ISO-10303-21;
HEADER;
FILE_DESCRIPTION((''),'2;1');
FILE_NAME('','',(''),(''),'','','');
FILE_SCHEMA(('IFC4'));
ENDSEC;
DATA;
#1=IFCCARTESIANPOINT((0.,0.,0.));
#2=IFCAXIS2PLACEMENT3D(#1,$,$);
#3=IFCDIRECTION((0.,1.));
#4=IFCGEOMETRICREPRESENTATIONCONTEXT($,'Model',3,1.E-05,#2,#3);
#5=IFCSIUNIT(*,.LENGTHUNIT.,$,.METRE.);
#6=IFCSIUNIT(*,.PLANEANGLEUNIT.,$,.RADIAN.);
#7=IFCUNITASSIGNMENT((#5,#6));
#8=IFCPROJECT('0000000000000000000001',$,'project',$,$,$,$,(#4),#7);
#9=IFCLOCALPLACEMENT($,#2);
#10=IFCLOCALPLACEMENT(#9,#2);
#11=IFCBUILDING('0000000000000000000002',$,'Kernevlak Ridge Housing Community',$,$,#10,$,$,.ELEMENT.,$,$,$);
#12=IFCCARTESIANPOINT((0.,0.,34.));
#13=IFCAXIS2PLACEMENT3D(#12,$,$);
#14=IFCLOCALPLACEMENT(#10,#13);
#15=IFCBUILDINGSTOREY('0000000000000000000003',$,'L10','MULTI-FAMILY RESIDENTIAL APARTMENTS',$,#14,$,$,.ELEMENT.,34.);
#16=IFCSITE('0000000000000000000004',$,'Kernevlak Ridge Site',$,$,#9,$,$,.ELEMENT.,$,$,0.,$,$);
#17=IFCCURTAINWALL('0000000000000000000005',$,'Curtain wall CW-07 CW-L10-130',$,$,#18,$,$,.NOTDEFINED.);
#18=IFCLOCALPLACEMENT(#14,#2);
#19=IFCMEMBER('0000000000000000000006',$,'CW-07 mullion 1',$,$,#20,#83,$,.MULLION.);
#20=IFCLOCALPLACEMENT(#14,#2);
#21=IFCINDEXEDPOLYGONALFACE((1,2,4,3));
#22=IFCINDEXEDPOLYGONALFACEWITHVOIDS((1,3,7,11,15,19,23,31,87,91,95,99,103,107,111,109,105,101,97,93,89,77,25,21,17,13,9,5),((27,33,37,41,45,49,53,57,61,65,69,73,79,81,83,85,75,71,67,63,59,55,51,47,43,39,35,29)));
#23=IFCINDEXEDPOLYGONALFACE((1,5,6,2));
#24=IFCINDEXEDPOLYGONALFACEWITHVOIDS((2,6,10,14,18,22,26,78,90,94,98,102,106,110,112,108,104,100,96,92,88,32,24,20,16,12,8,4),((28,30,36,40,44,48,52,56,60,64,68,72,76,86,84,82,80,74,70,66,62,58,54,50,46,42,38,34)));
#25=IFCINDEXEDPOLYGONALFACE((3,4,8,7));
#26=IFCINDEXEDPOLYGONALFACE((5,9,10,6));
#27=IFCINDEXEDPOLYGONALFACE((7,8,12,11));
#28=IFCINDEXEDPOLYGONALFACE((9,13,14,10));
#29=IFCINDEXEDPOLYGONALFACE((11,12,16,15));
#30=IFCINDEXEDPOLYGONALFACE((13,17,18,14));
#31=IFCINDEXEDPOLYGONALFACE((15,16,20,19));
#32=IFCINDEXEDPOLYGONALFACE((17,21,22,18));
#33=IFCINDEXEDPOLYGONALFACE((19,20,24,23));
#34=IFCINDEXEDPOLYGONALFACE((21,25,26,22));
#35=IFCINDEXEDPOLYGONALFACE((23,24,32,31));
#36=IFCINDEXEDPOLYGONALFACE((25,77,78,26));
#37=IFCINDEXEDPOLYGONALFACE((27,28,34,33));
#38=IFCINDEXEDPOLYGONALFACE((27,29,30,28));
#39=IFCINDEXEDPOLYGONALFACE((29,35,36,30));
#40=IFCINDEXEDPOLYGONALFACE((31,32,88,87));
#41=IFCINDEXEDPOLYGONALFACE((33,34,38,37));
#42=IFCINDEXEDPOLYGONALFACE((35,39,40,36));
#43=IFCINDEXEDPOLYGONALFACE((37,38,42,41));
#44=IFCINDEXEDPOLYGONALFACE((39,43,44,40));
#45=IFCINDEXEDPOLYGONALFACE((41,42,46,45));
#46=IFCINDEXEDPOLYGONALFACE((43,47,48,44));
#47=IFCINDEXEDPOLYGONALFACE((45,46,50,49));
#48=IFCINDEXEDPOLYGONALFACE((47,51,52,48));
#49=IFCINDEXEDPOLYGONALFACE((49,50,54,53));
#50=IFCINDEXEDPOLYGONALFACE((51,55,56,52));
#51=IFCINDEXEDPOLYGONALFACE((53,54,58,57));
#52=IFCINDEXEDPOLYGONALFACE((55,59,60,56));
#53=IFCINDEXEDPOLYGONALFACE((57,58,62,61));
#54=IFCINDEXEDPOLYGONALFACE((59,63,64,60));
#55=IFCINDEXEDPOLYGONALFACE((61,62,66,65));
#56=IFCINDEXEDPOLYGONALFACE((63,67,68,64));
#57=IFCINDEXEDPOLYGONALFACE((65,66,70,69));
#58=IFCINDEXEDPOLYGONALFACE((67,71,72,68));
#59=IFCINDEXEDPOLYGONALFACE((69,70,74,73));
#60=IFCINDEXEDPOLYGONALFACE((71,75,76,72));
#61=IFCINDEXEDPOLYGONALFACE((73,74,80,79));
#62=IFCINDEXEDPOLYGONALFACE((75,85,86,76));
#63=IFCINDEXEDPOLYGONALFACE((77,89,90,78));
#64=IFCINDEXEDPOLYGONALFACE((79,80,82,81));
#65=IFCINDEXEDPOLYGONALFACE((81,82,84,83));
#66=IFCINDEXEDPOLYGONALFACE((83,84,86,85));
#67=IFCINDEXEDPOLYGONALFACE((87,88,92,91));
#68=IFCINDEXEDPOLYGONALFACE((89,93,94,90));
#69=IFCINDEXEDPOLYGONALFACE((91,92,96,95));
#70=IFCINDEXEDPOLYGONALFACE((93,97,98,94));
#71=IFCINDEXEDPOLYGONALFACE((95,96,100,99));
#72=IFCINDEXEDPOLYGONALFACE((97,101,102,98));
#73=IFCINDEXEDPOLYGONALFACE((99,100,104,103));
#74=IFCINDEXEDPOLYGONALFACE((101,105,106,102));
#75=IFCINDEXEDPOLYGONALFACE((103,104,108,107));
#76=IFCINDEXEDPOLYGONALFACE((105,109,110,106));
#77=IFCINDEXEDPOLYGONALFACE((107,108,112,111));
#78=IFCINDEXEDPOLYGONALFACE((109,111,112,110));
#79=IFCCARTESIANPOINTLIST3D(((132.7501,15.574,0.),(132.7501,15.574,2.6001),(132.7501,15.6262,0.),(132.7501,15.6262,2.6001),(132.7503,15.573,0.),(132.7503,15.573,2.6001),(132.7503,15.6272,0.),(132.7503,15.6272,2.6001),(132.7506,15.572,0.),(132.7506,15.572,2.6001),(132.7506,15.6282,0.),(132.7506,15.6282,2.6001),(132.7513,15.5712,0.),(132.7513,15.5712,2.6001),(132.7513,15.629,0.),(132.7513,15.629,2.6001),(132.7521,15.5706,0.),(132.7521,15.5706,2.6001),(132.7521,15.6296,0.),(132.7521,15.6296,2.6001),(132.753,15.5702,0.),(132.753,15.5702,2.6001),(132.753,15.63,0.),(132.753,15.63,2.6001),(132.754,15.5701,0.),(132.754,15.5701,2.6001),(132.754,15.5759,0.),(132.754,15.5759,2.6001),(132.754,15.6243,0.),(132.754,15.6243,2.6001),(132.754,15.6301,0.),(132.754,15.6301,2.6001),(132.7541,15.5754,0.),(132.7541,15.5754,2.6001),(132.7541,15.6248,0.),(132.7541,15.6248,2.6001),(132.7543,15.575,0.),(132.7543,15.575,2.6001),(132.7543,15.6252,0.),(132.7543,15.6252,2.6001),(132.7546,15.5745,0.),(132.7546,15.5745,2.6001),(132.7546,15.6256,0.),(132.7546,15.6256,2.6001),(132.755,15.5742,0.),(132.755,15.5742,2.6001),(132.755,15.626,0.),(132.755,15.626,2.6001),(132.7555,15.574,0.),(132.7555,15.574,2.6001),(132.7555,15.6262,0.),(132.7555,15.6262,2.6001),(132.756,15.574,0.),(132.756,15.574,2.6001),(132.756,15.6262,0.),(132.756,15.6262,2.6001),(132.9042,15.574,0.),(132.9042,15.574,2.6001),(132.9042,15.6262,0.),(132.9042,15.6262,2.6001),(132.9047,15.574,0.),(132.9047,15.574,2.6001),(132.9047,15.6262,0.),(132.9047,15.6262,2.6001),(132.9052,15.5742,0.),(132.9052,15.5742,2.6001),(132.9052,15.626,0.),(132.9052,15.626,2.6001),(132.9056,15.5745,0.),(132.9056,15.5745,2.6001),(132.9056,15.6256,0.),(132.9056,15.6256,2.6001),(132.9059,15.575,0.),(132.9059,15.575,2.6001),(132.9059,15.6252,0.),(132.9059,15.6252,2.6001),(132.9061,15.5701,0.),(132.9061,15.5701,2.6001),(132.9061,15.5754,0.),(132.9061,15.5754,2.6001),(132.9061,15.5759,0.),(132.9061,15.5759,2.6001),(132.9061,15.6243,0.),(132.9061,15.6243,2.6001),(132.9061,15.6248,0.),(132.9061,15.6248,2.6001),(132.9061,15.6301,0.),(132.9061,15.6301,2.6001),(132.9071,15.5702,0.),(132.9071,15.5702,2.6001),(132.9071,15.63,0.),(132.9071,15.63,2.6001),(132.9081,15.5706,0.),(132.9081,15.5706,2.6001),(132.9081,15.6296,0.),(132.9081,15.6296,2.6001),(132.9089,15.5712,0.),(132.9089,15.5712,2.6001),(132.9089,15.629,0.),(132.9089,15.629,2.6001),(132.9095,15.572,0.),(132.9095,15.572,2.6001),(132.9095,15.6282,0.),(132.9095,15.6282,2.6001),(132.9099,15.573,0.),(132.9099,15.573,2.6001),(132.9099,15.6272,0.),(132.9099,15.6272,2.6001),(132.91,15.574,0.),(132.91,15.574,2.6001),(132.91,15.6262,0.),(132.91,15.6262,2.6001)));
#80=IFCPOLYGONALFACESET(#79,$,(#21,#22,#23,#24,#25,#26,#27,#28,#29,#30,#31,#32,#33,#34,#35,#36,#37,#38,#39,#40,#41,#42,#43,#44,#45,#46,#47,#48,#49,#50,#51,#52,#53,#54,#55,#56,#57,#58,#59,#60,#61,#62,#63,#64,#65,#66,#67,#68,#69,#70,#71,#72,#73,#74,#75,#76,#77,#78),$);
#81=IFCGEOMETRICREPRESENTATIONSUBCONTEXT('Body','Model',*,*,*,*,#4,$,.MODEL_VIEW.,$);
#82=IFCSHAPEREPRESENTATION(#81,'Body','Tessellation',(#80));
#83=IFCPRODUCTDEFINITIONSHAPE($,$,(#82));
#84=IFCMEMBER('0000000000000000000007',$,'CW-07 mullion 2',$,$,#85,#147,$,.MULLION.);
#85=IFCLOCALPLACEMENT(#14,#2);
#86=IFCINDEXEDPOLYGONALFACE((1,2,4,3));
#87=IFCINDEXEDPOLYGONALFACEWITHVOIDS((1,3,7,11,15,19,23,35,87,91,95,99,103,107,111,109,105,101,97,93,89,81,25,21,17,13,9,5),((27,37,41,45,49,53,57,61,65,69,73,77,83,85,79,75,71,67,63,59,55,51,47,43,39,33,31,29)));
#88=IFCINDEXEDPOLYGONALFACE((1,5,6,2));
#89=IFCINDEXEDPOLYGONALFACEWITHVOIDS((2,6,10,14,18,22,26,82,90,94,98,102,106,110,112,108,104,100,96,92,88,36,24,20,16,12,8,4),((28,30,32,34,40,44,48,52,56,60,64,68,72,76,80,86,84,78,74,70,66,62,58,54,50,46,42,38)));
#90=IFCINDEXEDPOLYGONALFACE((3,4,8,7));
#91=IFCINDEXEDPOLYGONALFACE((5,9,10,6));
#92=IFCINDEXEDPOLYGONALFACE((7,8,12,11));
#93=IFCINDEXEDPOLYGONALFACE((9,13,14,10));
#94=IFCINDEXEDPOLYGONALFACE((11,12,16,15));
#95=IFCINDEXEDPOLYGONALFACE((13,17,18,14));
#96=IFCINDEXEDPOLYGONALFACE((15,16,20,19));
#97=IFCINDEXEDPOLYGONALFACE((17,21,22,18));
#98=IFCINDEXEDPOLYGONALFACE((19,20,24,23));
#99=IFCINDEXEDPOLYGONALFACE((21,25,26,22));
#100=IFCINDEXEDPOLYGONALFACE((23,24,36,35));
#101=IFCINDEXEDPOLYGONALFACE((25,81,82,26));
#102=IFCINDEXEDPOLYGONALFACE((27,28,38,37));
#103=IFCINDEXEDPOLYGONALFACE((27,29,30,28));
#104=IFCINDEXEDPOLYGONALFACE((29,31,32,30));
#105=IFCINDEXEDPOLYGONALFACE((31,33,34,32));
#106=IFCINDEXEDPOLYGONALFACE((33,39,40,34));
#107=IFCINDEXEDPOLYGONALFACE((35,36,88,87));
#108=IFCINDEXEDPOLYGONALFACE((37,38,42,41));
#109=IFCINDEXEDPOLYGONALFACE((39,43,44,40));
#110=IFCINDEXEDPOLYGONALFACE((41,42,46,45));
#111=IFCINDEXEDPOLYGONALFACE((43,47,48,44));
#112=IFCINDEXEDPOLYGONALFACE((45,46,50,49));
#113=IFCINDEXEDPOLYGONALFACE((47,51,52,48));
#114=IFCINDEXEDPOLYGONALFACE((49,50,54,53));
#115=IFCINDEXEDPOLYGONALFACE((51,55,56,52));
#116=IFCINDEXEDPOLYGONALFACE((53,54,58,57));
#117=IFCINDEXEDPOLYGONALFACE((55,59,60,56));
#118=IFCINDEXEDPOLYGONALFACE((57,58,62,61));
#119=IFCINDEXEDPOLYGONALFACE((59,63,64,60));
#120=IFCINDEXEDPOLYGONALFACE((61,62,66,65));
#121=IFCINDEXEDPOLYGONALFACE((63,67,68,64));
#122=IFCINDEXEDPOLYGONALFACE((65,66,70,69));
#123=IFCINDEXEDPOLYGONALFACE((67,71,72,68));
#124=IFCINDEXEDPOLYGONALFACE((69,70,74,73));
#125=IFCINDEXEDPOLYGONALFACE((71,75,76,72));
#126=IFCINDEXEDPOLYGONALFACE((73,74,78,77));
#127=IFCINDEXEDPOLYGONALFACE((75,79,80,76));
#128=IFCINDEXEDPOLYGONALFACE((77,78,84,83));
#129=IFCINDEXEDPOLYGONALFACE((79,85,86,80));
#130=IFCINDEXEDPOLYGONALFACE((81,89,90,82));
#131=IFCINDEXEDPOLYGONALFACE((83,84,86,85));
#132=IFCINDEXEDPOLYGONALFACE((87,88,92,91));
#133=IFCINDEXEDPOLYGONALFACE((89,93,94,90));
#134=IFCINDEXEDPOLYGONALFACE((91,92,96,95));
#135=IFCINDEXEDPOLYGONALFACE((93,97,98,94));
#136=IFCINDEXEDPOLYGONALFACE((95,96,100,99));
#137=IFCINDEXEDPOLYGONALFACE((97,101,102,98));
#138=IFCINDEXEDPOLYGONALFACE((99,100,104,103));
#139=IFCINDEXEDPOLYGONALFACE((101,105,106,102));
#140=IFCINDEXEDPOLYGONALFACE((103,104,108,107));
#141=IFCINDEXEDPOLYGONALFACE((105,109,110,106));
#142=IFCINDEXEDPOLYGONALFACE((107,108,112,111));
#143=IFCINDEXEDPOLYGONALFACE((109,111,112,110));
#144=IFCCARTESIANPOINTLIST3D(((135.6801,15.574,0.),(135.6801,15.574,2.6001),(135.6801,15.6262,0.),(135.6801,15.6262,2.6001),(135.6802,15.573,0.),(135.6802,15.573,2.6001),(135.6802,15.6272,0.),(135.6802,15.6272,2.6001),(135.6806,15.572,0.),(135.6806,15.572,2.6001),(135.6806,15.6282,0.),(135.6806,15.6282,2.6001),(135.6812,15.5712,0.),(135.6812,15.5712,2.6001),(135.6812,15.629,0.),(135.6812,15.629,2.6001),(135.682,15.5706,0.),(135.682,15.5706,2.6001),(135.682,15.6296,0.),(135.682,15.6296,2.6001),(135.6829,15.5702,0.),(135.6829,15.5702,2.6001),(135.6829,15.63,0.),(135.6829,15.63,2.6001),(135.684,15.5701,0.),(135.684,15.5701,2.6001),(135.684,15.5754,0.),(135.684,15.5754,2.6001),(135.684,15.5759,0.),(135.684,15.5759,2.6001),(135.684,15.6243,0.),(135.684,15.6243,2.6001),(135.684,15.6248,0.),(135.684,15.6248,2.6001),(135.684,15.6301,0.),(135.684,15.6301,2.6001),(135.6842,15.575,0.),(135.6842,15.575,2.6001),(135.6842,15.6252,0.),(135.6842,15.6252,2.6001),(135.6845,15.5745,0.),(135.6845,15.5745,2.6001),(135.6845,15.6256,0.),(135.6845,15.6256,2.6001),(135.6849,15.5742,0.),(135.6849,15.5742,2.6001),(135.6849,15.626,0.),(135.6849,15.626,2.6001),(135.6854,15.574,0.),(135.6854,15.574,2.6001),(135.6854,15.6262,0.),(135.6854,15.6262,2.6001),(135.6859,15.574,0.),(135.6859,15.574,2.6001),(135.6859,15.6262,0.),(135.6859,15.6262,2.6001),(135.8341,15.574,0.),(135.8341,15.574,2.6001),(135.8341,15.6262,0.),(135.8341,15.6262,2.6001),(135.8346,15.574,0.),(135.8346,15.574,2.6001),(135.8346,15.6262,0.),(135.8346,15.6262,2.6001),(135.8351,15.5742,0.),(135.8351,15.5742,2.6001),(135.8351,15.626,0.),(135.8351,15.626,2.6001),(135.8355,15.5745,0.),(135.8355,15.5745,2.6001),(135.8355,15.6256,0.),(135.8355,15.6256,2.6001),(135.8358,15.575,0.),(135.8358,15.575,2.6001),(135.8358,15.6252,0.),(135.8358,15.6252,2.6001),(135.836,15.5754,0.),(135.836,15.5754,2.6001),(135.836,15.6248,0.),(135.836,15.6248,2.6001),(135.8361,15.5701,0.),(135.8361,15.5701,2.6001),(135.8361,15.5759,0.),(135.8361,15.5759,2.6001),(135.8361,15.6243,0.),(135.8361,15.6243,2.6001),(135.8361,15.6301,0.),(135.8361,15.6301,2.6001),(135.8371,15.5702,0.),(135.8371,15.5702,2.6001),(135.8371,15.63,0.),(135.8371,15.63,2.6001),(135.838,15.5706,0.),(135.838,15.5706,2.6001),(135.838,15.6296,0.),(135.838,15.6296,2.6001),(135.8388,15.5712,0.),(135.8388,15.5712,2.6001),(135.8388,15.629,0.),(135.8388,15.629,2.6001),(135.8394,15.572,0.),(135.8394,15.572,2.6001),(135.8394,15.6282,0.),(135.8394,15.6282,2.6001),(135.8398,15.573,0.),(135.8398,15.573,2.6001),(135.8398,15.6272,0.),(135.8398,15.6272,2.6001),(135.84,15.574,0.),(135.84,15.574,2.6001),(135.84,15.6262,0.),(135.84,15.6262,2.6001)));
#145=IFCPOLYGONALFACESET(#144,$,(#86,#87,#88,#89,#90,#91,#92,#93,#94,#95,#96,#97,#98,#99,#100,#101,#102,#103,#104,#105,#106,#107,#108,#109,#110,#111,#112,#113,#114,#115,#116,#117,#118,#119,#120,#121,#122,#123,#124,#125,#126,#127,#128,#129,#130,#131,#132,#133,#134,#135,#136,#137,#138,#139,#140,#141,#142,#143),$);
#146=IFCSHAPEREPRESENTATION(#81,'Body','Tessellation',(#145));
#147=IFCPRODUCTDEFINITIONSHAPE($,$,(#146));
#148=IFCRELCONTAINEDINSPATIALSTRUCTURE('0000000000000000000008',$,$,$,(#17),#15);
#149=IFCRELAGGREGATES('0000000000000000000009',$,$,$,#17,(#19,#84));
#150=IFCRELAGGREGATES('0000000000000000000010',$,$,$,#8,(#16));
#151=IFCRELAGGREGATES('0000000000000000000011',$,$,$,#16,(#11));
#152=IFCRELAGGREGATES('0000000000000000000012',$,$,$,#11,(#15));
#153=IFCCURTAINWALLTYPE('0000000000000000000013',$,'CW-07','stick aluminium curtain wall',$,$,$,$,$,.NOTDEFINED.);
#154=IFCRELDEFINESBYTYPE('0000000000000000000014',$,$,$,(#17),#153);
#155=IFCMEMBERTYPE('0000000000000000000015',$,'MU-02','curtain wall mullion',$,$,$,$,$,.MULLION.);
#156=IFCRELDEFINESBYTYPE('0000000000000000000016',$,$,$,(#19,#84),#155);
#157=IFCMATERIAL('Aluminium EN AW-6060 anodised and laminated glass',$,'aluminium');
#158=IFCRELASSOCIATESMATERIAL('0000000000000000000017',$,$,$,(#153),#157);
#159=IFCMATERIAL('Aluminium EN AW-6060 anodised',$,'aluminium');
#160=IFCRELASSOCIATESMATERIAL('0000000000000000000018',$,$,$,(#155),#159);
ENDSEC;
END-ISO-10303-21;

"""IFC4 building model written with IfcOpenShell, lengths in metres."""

from ifc_helpers import new_model, si_unit, direction, frame, origin, origin_2d, place, context, subcontext, project, spatial, hollow_rectangle, extrude, material, material_profile, profile_set, type_object, element, aggregate, save


model = new_model("IFC4")

# Units and contexts
model_context = context("Model", 3, precision=1e-05, world=origin(), true_north=direction((0.0, 1.0)))
body_context = subcontext(model_context, "Body", "Model", "MODEL_VIEW")
ifc_project = project(units=[si_unit("LENGTHUNIT", "METRE"), si_unit("PLANEANGLEUNIT", "RADIAN")], contexts=[model_context])

# Site, building, storey
site_placement = place(None, origin())
site = spatial("IfcSite", under=ifc_project, at=site_placement, Name="Kernevlak Ridge Site", CompositionType="ELEMENT", RefElevation=0.0)
building_placement = place(site_placement, origin())
building = spatial("IfcBuilding", under=site, at=building_placement, Name="Kernevlak Ridge Housing Community", CompositionType="ELEMENT")
storey_placement = place(building_placement, frame((0.0, 0.0, 34.0)))
storey = spatial("IfcBuildingStorey", under=building, at=storey_placement, Name="L10", Description="MULTI-FAMILY RESIDENTIAL APARTMENTS", CompositionType="ELEMENT", Elevation=34.0)

# Curtain wall, members
ifc_material_1 = material(Name="Aluminium EN AW-6060 anodised and laminated glass", Category="aluminium")
curtain_wall_type_1 = type_object("IfcCurtainWallType", Name="CW-07", Description="stick aluminium curtain wall", PredefinedType="NOTDEFINED", material=ifc_material_1)
curtain_wall_1_placement = place(storey_placement, origin())
curtain_wall_1 = element("IfcCurtainWall", 1, at=curtain_wall_1_placement, inside=storey, type_object=curtain_wall_type_1, Name="Curtain wall CW-07 CW-L10-130", PredefinedType="NOTDEFINED")
ifc_material_2 = material(Name="Aluminium EN AW-6060 anodised", Category="aluminium")
ifc_material_profile_1 = material_profile(ifc_material_2, hollow_rectangle(XDim=0.0601, YDim=0.1599, WallThickness=0.0039, InnerFilletRadius=0.002, OuterFilletRadius=0.0039, at=origin_2d()), Name="ALU 60x160x4")
ifc_profile_set_1 = profile_set([ifc_material_profile_1], Name="Aluminium EN AW-6060 anodised")
member_type_1 = type_object("IfcMemberType", Name="MU-02", Description="curtain wall mullion", PredefinedType="MULLION", material=ifc_profile_set_1)
member_1_placement = place(storey_placement, frame((132.8301, 15.6001, 0.0), z_axis=(0.0, 0.0, 1.0), x_axis=(0.0, 1.0, 0.0)))
member_1 = element("IfcMember", 2, at=member_1_placement, type_object=member_type_1, Name="CW-07 mullion 1", PredefinedType="MULLION", context=body_context, shape_type="SweptSolid", body=[
    extrude(hollow_rectangle(XDim=0.0601, YDim=0.1599, WallThickness=0.0039, InnerFilletRadius=0.002, OuterFilletRadius=0.0039, at=origin_2d()), origin(), (0.0, 0.0, 1.0), 2.6001),
])
member_2_placement = place(storey_placement, frame((135.76, 15.6001, 0.0), z_axis=(0.0, 0.0, 1.0), x_axis=(0.0, 1.0, 0.0)))
member_2 = element("IfcMember", 3, at=member_2_placement, type_object=member_type_1, Name="CW-07 mullion 2", PredefinedType="MULLION", context=body_context, shape_type="SweptSolid", body=[
    extrude(hollow_rectangle(XDim=0.0601, YDim=0.1599, WallThickness=0.0039, InnerFilletRadius=0.002, OuterFilletRadius=0.0039, at=origin_2d()), origin(), (0.0, 0.0, 1.0), 2.6001),
])

aggregate(curtain_wall_1, [member_1, member_2])

save(model, "model.ifc")
